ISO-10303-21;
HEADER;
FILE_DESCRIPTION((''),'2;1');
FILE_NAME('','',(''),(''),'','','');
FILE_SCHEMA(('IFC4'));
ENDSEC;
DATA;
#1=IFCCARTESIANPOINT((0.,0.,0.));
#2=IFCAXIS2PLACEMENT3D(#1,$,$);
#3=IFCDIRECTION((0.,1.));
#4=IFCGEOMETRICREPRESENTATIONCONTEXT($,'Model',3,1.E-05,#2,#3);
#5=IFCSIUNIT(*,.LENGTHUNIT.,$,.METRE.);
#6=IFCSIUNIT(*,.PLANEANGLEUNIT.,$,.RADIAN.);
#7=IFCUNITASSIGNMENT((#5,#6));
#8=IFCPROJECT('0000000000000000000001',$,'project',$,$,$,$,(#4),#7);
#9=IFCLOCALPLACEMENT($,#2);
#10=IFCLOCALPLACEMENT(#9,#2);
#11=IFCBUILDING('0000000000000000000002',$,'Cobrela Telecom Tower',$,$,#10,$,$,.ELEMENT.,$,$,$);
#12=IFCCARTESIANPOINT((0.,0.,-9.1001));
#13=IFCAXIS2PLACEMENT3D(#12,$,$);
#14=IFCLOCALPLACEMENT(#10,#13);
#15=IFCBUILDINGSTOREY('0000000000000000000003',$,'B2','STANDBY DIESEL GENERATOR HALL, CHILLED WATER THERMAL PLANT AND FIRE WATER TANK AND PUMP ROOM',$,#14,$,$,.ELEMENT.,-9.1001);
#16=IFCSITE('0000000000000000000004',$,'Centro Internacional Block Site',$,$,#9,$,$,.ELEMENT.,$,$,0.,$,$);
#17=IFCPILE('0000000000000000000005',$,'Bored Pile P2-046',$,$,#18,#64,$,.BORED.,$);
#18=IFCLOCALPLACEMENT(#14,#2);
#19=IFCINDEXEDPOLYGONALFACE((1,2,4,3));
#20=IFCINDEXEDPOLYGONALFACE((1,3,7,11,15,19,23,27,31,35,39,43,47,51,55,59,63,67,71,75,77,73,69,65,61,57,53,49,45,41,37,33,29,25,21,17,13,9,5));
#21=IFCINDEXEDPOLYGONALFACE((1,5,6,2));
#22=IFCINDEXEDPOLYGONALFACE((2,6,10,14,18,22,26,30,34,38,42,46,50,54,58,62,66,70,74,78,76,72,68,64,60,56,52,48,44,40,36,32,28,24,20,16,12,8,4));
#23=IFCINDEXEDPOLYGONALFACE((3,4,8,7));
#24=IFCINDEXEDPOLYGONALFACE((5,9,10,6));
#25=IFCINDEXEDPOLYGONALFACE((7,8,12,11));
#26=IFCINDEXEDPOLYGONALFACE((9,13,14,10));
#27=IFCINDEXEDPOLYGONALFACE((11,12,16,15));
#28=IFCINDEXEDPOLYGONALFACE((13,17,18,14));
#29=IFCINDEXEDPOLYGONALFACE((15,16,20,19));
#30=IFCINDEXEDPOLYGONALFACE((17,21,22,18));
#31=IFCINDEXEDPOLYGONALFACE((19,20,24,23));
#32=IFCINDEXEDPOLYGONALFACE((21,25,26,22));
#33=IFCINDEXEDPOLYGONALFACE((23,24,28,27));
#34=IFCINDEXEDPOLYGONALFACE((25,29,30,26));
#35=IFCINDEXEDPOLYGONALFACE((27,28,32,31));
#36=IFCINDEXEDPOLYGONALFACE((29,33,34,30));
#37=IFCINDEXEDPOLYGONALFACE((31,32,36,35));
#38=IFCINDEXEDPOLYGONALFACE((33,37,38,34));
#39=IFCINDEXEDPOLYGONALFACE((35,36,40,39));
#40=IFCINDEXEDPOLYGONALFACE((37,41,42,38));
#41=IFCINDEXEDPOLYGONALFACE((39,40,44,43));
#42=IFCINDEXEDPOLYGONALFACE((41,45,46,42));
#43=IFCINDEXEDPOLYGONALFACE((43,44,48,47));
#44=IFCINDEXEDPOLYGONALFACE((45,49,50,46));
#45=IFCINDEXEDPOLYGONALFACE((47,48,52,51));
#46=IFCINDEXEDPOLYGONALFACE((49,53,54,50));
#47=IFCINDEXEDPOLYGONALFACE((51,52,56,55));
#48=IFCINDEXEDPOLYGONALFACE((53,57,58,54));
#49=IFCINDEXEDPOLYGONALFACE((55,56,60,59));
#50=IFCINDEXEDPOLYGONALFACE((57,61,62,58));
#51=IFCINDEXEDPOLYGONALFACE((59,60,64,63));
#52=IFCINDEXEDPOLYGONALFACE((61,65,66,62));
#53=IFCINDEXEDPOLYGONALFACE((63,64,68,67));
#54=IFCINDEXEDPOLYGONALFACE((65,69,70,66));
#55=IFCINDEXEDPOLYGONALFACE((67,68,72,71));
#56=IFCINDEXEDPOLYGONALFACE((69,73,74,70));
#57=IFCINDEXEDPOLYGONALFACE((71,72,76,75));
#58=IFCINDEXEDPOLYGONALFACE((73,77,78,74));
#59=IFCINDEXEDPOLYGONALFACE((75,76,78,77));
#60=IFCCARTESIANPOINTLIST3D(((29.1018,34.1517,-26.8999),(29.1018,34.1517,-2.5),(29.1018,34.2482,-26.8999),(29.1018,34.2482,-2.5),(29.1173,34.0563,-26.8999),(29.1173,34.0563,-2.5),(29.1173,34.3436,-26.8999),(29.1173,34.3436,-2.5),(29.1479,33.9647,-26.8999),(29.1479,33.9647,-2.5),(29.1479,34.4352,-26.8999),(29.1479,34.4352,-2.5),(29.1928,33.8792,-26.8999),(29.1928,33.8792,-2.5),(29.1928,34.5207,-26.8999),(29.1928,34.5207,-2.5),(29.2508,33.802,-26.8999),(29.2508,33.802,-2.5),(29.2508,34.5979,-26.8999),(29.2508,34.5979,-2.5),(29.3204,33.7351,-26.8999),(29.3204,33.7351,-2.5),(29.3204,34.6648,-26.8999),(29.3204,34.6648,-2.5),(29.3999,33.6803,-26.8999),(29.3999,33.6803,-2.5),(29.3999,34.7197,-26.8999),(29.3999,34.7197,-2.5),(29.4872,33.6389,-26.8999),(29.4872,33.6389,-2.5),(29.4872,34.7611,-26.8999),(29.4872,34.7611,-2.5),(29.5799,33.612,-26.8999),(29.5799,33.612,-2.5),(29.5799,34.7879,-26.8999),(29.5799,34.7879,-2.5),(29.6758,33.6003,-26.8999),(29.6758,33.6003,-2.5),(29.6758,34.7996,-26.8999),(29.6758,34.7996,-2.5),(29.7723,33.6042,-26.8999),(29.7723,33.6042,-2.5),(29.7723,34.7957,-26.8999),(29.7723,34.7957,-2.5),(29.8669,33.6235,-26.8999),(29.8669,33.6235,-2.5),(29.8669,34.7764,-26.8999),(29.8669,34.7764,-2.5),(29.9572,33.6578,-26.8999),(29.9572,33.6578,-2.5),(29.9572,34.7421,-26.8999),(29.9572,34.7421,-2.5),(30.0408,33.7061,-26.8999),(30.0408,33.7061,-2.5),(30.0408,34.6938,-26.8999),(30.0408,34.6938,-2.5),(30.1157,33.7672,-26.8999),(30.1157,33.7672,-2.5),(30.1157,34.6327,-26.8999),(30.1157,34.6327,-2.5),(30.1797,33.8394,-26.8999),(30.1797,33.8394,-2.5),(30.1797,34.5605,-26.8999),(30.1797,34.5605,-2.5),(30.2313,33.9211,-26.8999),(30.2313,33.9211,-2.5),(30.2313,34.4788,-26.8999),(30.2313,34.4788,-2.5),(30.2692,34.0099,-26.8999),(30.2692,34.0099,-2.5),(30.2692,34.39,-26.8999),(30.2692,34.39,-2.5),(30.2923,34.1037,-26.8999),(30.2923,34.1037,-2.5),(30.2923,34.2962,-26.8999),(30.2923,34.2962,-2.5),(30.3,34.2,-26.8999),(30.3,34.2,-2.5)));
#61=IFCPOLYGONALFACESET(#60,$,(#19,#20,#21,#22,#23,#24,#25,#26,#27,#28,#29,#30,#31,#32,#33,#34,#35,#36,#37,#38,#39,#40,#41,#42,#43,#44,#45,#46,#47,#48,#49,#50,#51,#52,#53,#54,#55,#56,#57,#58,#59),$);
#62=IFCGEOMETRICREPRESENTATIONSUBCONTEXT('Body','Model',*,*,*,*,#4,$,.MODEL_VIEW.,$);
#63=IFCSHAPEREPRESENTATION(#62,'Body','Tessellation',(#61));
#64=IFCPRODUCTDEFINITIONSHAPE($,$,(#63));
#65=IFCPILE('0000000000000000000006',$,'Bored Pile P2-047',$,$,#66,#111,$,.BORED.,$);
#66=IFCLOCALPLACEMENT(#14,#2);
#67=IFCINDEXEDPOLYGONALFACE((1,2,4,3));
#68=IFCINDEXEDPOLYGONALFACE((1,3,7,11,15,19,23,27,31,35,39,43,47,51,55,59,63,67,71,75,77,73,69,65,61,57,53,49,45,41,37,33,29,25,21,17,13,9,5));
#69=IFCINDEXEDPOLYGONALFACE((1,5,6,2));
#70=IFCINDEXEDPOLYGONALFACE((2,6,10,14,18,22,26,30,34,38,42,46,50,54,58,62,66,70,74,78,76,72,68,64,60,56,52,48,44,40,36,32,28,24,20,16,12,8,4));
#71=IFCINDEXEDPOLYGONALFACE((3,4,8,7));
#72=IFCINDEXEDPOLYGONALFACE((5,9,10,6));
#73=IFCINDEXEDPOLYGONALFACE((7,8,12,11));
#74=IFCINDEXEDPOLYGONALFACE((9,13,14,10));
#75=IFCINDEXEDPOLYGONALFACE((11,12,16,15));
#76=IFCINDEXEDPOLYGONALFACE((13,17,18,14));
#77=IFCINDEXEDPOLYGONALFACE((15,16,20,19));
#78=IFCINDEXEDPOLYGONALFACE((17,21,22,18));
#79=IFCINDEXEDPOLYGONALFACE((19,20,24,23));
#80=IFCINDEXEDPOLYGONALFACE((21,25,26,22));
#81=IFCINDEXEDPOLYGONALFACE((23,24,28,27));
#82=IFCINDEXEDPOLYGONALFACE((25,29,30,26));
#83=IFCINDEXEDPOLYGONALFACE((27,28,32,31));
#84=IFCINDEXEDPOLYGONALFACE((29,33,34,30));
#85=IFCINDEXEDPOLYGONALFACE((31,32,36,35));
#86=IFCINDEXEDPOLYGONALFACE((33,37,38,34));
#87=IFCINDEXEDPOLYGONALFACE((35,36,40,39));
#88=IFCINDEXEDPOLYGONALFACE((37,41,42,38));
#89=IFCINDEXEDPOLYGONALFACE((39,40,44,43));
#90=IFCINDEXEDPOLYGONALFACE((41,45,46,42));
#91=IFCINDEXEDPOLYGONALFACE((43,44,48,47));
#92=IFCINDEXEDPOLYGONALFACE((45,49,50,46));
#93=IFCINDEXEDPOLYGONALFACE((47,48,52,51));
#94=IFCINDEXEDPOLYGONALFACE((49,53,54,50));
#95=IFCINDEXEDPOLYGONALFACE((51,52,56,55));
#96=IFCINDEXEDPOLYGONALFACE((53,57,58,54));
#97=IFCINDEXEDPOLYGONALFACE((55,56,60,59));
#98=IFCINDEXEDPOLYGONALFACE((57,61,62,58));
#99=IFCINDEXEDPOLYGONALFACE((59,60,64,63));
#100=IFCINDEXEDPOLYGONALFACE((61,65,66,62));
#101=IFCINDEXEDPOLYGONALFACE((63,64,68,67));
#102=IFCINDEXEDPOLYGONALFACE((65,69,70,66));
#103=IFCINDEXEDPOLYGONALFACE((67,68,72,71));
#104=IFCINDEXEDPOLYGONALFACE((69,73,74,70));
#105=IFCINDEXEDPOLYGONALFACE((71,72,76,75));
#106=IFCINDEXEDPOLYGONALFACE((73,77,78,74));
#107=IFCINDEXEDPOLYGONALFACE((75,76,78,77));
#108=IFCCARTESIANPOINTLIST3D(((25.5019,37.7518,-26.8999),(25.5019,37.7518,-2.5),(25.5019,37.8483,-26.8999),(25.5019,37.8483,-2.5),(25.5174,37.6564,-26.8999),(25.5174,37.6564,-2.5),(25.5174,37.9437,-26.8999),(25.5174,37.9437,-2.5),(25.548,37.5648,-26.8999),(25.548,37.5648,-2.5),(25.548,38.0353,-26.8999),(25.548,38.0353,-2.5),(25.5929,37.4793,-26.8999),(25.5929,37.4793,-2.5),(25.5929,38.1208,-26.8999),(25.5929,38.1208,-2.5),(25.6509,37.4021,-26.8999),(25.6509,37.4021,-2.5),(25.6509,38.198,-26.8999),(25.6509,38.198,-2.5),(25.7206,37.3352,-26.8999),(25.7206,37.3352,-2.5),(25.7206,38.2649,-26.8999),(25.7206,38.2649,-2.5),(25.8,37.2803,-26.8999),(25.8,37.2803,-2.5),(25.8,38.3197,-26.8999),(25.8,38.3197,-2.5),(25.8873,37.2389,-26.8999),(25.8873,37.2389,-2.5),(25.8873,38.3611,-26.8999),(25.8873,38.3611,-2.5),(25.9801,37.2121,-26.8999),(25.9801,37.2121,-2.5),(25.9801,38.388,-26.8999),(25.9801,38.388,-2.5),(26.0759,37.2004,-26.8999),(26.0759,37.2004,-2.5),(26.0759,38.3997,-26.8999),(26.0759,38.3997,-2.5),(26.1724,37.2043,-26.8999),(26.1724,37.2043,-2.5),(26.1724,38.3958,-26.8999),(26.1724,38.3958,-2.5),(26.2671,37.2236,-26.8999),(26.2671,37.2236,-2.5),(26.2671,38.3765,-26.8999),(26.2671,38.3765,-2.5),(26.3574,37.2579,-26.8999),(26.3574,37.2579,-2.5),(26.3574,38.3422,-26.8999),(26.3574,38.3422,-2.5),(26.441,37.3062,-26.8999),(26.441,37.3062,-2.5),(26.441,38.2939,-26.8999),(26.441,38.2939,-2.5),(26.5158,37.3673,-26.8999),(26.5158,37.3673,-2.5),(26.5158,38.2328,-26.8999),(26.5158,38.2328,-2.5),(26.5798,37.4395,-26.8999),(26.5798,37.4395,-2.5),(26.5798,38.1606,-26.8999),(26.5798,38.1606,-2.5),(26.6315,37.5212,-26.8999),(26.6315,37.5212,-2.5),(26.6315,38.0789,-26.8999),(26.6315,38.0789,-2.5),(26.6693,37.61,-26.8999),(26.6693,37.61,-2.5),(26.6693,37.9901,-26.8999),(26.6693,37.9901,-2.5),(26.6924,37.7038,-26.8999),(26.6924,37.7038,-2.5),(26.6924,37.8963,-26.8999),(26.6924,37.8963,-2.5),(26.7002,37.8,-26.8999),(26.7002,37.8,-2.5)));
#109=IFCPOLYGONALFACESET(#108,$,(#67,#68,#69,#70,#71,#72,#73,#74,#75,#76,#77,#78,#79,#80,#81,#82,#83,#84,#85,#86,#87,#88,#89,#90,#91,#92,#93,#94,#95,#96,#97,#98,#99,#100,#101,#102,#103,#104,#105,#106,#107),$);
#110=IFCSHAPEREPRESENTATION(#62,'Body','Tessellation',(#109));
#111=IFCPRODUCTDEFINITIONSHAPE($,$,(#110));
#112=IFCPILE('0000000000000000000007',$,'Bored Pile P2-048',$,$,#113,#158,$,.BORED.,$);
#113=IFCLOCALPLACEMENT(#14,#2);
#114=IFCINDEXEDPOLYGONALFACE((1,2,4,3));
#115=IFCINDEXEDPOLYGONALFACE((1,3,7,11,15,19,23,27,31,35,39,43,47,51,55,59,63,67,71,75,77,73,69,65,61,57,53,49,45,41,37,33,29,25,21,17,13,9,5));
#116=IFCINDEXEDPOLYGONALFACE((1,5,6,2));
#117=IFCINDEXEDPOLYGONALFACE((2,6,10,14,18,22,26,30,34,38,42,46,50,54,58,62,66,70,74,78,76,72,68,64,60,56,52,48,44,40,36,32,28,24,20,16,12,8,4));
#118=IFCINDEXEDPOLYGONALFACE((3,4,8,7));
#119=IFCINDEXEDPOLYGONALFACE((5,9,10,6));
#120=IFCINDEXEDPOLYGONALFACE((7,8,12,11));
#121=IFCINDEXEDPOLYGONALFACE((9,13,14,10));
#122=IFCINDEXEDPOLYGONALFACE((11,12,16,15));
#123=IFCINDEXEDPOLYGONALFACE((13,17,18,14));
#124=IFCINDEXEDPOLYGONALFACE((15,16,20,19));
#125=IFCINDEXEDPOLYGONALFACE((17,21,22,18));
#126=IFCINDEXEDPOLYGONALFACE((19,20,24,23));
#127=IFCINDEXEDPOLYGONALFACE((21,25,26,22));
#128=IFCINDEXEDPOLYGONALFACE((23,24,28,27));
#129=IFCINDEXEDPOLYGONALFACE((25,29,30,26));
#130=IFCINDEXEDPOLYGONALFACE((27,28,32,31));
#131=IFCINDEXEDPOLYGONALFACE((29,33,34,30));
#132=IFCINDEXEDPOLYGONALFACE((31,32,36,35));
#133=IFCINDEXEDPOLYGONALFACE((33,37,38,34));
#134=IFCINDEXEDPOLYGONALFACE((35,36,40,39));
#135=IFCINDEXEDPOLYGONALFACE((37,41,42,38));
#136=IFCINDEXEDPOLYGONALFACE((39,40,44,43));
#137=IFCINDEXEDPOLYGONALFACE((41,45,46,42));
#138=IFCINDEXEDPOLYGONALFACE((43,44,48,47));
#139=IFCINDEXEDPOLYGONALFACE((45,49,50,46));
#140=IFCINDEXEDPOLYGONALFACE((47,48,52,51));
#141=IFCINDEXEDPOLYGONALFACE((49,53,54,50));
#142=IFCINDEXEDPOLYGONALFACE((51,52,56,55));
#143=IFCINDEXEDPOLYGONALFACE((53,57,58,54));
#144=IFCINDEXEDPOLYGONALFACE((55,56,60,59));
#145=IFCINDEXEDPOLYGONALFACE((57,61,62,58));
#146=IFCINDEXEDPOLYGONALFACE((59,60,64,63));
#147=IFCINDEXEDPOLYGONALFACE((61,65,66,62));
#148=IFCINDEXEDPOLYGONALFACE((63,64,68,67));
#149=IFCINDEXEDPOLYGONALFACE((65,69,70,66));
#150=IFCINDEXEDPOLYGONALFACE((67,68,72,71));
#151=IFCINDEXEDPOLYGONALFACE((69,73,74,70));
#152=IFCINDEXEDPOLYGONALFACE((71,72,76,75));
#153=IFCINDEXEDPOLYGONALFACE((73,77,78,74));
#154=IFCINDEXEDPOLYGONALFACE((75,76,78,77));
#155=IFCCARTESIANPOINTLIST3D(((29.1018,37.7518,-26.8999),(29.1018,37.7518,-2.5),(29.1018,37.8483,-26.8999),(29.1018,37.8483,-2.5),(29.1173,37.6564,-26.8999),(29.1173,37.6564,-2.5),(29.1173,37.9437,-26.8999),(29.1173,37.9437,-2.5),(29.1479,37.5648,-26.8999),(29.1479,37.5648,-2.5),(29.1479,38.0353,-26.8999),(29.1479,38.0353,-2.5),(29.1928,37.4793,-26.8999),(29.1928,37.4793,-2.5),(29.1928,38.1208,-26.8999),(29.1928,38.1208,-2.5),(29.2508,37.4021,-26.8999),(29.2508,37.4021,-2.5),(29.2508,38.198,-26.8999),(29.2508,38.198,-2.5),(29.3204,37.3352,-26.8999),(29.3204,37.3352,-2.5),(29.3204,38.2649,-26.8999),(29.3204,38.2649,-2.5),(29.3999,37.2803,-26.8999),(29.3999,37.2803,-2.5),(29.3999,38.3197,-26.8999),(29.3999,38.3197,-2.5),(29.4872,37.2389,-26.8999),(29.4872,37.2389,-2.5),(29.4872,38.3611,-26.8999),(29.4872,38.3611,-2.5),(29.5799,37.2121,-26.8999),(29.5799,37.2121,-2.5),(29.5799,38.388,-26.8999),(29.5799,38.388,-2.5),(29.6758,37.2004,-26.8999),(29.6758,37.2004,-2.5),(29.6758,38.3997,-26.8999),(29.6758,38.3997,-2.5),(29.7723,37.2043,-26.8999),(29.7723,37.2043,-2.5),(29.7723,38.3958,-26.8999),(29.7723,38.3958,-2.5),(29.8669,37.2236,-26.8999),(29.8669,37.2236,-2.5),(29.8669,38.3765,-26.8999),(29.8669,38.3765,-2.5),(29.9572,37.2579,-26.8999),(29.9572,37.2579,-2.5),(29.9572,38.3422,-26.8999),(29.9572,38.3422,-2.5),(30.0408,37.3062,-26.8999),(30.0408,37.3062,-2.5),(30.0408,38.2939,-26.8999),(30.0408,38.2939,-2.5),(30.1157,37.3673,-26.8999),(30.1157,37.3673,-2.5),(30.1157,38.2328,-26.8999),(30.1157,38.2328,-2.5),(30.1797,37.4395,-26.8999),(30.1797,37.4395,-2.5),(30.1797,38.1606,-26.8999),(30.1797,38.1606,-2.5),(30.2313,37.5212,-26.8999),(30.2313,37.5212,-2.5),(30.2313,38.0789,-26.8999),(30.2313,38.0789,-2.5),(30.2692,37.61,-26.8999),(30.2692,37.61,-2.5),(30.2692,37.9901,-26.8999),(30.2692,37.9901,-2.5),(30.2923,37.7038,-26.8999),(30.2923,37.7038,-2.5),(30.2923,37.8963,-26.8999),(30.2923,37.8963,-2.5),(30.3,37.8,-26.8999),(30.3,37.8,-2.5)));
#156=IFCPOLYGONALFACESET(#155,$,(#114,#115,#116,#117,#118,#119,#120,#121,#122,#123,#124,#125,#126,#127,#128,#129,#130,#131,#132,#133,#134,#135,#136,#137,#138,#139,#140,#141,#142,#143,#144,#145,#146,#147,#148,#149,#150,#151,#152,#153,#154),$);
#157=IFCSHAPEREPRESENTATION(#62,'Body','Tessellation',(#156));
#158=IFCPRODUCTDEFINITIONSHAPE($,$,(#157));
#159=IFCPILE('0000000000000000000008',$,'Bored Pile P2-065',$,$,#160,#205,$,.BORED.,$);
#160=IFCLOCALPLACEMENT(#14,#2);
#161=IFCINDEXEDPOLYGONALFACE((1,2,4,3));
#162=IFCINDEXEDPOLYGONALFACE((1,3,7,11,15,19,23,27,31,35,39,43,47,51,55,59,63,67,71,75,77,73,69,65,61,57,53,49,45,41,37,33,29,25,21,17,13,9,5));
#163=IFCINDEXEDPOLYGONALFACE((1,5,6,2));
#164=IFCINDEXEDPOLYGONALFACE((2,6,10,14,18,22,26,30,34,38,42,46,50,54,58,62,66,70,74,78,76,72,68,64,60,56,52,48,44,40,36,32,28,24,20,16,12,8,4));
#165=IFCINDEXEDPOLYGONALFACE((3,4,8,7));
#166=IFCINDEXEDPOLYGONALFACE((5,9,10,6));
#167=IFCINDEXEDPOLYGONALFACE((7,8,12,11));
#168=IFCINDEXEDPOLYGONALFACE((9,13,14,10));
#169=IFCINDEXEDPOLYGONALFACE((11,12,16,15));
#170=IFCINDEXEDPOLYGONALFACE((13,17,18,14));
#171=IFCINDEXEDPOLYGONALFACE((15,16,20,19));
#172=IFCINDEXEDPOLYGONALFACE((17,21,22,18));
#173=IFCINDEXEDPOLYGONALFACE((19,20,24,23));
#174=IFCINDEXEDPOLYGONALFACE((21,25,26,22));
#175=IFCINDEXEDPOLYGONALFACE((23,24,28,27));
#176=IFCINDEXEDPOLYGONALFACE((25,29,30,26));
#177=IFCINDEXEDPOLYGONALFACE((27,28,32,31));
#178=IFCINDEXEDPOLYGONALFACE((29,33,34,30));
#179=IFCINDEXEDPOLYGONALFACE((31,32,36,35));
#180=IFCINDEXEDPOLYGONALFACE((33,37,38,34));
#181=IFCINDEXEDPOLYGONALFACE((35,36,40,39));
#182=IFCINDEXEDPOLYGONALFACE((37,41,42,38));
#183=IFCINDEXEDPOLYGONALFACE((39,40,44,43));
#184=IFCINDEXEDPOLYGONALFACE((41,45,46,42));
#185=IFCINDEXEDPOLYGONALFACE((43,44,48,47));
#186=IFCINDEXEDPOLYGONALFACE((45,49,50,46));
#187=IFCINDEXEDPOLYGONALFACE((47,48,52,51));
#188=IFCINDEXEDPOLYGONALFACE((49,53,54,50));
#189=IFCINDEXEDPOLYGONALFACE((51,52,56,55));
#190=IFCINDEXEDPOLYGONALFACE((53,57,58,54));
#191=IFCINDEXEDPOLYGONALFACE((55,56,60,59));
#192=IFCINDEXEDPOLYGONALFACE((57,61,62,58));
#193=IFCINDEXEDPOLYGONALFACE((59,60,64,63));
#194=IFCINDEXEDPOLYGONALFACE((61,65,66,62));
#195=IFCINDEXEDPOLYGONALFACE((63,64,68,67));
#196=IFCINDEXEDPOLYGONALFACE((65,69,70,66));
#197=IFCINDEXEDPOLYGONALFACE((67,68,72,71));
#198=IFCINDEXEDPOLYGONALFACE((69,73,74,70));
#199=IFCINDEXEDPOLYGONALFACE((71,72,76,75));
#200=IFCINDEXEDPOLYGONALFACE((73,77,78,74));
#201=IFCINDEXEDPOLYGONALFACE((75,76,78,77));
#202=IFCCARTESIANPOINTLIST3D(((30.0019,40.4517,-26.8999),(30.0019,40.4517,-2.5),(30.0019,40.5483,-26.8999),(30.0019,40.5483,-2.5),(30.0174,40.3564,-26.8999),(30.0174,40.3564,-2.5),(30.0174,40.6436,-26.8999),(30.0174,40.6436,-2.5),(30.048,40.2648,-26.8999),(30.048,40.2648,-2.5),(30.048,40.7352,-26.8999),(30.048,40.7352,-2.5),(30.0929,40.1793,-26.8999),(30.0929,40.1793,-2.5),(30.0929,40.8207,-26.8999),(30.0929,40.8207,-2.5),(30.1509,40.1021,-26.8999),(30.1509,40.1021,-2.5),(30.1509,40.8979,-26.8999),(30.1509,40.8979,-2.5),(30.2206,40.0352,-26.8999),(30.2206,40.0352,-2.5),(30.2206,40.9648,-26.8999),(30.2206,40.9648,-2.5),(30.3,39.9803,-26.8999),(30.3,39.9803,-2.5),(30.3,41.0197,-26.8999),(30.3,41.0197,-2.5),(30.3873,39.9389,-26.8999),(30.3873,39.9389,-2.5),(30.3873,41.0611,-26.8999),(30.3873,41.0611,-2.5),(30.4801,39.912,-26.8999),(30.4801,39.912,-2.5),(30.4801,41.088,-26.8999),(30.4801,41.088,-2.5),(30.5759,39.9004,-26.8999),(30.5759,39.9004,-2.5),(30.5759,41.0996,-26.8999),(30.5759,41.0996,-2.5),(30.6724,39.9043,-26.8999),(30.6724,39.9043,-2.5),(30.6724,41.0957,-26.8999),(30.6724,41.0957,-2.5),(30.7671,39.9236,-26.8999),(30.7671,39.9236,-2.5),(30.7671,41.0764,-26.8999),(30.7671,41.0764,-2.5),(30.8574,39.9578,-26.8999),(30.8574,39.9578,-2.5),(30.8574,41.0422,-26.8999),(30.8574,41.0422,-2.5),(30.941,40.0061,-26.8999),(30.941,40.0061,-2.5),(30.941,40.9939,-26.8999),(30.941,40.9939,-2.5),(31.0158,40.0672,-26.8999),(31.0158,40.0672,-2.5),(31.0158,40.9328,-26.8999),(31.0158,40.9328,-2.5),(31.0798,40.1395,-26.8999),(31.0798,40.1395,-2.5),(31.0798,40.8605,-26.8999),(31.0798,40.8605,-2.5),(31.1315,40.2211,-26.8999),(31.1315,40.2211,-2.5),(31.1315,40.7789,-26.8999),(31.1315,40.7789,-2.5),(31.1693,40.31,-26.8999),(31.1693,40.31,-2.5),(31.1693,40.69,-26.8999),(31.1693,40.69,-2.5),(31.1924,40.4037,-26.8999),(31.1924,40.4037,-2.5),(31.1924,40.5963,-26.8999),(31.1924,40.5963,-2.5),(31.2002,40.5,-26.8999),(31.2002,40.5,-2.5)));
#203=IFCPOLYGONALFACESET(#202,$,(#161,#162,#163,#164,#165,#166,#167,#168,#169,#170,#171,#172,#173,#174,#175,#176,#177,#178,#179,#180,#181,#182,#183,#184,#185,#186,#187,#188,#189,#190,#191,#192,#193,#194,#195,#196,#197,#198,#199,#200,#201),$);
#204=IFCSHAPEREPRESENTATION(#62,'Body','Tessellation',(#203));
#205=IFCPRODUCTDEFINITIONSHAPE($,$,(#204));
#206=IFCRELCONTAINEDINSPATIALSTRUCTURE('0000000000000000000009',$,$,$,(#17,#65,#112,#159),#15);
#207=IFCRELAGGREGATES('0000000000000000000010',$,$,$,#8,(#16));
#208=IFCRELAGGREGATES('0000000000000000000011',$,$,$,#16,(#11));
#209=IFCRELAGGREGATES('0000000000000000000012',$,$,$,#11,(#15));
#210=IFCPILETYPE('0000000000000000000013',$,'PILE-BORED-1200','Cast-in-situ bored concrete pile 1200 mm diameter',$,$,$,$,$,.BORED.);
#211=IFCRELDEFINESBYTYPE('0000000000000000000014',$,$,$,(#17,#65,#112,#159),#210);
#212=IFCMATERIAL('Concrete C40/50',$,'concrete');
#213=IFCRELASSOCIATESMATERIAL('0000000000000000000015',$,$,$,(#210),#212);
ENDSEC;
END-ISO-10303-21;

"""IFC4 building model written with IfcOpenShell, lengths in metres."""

from ifc_helpers import new_model, si_unit, direction, frame, origin, origin_2d, place, context, subcontext, project, spatial, circle, extrude, material, material_profile, profile_set, type_object, element, save


model = new_model("IFC4")

# Units and contexts
model_context = context("Model", 3, precision=1e-05, world=origin(), true_north=direction((0.0, 1.0)))
body_context = subcontext(model_context, "Body", "Model", "MODEL_VIEW")
ifc_project = project(units=[si_unit("LENGTHUNIT", "METRE"), si_unit("PLANEANGLEUNIT", "RADIAN")], contexts=[model_context])

# Site, building, storey
site_placement = place(None, origin())
site = spatial("IfcSite", under=ifc_project, at=site_placement, Name="Centro Internacional Block Site", CompositionType="ELEMENT", RefElevation=0.0)
building_placement = place(site_placement, origin())
building = spatial("IfcBuilding", under=site, at=building_placement, Name="Cobrela Telecom Tower", CompositionType="ELEMENT")
storey_placement = place(building_placement, frame((0.0, 0.0, -9.1001)))
storey = spatial("IfcBuildingStorey", under=building, at=storey_placement, Name="B2", Description="STANDBY DIESEL GENERATOR HALL, CHILLED WATER THERMAL PLANT AND FIRE WATER TANK AND PUMP ROOM", CompositionType="ELEMENT", Elevation=-9.1001)

# Shared definitions
ifc_material_1 = material(Name="Concrete C40/50", Category="concrete")

# Piles
ifc_material_profile_1 = material_profile(ifc_material_1, circle(Radius=0.6001, at=origin_2d()), Name="BORED PILE D1200")
ifc_profile_set_1 = profile_set([ifc_material_profile_1], Name="Concrete C40/50")
pile_type = type_object("IfcPileType", Name="PILE-BORED-1200", Description="Cast-in-situ bored concrete pile 1200 mm diameter", PredefinedType="BORED", material=ifc_profile_set_1)
for number, where, z_axis, x_axis, name in (
    (1, (29.7, 34.2, -2.5), (0.0, 0.0, -1.0), (1.0, 0.0, 0.0), "Bored Pile P2-046"),
    (2, (26.1001, 37.8, -2.5), (0.0, 0.0, -1.0), (1.0, 0.0, 0.0), "Bored Pile P2-047"),
    (3, (29.7, 37.8, -2.5), (0.0, 0.0, -1.0), (1.0, 0.0, 0.0), "Bored Pile P2-048"),
    (4, (30.6001, 40.5, -2.5), (0.0, 0.0, -1.0), (1.0, 0.0, 0.0), "Bored Pile P2-065"),
):
    element("IfcPile", number, at=place(storey_placement, frame(where, z_axis=z_axis, x_axis=x_axis)), inside=storey, type_object=pile_type, Name=name, PredefinedType="BORED", context=body_context, shape_type="SweptSolid", body=[
        extrude(circle(Radius=0.6001, at=origin_2d()), origin(), (0.0, 0.0, 1.0), 24.3999),
    ])

save(model, "model.ifc")
